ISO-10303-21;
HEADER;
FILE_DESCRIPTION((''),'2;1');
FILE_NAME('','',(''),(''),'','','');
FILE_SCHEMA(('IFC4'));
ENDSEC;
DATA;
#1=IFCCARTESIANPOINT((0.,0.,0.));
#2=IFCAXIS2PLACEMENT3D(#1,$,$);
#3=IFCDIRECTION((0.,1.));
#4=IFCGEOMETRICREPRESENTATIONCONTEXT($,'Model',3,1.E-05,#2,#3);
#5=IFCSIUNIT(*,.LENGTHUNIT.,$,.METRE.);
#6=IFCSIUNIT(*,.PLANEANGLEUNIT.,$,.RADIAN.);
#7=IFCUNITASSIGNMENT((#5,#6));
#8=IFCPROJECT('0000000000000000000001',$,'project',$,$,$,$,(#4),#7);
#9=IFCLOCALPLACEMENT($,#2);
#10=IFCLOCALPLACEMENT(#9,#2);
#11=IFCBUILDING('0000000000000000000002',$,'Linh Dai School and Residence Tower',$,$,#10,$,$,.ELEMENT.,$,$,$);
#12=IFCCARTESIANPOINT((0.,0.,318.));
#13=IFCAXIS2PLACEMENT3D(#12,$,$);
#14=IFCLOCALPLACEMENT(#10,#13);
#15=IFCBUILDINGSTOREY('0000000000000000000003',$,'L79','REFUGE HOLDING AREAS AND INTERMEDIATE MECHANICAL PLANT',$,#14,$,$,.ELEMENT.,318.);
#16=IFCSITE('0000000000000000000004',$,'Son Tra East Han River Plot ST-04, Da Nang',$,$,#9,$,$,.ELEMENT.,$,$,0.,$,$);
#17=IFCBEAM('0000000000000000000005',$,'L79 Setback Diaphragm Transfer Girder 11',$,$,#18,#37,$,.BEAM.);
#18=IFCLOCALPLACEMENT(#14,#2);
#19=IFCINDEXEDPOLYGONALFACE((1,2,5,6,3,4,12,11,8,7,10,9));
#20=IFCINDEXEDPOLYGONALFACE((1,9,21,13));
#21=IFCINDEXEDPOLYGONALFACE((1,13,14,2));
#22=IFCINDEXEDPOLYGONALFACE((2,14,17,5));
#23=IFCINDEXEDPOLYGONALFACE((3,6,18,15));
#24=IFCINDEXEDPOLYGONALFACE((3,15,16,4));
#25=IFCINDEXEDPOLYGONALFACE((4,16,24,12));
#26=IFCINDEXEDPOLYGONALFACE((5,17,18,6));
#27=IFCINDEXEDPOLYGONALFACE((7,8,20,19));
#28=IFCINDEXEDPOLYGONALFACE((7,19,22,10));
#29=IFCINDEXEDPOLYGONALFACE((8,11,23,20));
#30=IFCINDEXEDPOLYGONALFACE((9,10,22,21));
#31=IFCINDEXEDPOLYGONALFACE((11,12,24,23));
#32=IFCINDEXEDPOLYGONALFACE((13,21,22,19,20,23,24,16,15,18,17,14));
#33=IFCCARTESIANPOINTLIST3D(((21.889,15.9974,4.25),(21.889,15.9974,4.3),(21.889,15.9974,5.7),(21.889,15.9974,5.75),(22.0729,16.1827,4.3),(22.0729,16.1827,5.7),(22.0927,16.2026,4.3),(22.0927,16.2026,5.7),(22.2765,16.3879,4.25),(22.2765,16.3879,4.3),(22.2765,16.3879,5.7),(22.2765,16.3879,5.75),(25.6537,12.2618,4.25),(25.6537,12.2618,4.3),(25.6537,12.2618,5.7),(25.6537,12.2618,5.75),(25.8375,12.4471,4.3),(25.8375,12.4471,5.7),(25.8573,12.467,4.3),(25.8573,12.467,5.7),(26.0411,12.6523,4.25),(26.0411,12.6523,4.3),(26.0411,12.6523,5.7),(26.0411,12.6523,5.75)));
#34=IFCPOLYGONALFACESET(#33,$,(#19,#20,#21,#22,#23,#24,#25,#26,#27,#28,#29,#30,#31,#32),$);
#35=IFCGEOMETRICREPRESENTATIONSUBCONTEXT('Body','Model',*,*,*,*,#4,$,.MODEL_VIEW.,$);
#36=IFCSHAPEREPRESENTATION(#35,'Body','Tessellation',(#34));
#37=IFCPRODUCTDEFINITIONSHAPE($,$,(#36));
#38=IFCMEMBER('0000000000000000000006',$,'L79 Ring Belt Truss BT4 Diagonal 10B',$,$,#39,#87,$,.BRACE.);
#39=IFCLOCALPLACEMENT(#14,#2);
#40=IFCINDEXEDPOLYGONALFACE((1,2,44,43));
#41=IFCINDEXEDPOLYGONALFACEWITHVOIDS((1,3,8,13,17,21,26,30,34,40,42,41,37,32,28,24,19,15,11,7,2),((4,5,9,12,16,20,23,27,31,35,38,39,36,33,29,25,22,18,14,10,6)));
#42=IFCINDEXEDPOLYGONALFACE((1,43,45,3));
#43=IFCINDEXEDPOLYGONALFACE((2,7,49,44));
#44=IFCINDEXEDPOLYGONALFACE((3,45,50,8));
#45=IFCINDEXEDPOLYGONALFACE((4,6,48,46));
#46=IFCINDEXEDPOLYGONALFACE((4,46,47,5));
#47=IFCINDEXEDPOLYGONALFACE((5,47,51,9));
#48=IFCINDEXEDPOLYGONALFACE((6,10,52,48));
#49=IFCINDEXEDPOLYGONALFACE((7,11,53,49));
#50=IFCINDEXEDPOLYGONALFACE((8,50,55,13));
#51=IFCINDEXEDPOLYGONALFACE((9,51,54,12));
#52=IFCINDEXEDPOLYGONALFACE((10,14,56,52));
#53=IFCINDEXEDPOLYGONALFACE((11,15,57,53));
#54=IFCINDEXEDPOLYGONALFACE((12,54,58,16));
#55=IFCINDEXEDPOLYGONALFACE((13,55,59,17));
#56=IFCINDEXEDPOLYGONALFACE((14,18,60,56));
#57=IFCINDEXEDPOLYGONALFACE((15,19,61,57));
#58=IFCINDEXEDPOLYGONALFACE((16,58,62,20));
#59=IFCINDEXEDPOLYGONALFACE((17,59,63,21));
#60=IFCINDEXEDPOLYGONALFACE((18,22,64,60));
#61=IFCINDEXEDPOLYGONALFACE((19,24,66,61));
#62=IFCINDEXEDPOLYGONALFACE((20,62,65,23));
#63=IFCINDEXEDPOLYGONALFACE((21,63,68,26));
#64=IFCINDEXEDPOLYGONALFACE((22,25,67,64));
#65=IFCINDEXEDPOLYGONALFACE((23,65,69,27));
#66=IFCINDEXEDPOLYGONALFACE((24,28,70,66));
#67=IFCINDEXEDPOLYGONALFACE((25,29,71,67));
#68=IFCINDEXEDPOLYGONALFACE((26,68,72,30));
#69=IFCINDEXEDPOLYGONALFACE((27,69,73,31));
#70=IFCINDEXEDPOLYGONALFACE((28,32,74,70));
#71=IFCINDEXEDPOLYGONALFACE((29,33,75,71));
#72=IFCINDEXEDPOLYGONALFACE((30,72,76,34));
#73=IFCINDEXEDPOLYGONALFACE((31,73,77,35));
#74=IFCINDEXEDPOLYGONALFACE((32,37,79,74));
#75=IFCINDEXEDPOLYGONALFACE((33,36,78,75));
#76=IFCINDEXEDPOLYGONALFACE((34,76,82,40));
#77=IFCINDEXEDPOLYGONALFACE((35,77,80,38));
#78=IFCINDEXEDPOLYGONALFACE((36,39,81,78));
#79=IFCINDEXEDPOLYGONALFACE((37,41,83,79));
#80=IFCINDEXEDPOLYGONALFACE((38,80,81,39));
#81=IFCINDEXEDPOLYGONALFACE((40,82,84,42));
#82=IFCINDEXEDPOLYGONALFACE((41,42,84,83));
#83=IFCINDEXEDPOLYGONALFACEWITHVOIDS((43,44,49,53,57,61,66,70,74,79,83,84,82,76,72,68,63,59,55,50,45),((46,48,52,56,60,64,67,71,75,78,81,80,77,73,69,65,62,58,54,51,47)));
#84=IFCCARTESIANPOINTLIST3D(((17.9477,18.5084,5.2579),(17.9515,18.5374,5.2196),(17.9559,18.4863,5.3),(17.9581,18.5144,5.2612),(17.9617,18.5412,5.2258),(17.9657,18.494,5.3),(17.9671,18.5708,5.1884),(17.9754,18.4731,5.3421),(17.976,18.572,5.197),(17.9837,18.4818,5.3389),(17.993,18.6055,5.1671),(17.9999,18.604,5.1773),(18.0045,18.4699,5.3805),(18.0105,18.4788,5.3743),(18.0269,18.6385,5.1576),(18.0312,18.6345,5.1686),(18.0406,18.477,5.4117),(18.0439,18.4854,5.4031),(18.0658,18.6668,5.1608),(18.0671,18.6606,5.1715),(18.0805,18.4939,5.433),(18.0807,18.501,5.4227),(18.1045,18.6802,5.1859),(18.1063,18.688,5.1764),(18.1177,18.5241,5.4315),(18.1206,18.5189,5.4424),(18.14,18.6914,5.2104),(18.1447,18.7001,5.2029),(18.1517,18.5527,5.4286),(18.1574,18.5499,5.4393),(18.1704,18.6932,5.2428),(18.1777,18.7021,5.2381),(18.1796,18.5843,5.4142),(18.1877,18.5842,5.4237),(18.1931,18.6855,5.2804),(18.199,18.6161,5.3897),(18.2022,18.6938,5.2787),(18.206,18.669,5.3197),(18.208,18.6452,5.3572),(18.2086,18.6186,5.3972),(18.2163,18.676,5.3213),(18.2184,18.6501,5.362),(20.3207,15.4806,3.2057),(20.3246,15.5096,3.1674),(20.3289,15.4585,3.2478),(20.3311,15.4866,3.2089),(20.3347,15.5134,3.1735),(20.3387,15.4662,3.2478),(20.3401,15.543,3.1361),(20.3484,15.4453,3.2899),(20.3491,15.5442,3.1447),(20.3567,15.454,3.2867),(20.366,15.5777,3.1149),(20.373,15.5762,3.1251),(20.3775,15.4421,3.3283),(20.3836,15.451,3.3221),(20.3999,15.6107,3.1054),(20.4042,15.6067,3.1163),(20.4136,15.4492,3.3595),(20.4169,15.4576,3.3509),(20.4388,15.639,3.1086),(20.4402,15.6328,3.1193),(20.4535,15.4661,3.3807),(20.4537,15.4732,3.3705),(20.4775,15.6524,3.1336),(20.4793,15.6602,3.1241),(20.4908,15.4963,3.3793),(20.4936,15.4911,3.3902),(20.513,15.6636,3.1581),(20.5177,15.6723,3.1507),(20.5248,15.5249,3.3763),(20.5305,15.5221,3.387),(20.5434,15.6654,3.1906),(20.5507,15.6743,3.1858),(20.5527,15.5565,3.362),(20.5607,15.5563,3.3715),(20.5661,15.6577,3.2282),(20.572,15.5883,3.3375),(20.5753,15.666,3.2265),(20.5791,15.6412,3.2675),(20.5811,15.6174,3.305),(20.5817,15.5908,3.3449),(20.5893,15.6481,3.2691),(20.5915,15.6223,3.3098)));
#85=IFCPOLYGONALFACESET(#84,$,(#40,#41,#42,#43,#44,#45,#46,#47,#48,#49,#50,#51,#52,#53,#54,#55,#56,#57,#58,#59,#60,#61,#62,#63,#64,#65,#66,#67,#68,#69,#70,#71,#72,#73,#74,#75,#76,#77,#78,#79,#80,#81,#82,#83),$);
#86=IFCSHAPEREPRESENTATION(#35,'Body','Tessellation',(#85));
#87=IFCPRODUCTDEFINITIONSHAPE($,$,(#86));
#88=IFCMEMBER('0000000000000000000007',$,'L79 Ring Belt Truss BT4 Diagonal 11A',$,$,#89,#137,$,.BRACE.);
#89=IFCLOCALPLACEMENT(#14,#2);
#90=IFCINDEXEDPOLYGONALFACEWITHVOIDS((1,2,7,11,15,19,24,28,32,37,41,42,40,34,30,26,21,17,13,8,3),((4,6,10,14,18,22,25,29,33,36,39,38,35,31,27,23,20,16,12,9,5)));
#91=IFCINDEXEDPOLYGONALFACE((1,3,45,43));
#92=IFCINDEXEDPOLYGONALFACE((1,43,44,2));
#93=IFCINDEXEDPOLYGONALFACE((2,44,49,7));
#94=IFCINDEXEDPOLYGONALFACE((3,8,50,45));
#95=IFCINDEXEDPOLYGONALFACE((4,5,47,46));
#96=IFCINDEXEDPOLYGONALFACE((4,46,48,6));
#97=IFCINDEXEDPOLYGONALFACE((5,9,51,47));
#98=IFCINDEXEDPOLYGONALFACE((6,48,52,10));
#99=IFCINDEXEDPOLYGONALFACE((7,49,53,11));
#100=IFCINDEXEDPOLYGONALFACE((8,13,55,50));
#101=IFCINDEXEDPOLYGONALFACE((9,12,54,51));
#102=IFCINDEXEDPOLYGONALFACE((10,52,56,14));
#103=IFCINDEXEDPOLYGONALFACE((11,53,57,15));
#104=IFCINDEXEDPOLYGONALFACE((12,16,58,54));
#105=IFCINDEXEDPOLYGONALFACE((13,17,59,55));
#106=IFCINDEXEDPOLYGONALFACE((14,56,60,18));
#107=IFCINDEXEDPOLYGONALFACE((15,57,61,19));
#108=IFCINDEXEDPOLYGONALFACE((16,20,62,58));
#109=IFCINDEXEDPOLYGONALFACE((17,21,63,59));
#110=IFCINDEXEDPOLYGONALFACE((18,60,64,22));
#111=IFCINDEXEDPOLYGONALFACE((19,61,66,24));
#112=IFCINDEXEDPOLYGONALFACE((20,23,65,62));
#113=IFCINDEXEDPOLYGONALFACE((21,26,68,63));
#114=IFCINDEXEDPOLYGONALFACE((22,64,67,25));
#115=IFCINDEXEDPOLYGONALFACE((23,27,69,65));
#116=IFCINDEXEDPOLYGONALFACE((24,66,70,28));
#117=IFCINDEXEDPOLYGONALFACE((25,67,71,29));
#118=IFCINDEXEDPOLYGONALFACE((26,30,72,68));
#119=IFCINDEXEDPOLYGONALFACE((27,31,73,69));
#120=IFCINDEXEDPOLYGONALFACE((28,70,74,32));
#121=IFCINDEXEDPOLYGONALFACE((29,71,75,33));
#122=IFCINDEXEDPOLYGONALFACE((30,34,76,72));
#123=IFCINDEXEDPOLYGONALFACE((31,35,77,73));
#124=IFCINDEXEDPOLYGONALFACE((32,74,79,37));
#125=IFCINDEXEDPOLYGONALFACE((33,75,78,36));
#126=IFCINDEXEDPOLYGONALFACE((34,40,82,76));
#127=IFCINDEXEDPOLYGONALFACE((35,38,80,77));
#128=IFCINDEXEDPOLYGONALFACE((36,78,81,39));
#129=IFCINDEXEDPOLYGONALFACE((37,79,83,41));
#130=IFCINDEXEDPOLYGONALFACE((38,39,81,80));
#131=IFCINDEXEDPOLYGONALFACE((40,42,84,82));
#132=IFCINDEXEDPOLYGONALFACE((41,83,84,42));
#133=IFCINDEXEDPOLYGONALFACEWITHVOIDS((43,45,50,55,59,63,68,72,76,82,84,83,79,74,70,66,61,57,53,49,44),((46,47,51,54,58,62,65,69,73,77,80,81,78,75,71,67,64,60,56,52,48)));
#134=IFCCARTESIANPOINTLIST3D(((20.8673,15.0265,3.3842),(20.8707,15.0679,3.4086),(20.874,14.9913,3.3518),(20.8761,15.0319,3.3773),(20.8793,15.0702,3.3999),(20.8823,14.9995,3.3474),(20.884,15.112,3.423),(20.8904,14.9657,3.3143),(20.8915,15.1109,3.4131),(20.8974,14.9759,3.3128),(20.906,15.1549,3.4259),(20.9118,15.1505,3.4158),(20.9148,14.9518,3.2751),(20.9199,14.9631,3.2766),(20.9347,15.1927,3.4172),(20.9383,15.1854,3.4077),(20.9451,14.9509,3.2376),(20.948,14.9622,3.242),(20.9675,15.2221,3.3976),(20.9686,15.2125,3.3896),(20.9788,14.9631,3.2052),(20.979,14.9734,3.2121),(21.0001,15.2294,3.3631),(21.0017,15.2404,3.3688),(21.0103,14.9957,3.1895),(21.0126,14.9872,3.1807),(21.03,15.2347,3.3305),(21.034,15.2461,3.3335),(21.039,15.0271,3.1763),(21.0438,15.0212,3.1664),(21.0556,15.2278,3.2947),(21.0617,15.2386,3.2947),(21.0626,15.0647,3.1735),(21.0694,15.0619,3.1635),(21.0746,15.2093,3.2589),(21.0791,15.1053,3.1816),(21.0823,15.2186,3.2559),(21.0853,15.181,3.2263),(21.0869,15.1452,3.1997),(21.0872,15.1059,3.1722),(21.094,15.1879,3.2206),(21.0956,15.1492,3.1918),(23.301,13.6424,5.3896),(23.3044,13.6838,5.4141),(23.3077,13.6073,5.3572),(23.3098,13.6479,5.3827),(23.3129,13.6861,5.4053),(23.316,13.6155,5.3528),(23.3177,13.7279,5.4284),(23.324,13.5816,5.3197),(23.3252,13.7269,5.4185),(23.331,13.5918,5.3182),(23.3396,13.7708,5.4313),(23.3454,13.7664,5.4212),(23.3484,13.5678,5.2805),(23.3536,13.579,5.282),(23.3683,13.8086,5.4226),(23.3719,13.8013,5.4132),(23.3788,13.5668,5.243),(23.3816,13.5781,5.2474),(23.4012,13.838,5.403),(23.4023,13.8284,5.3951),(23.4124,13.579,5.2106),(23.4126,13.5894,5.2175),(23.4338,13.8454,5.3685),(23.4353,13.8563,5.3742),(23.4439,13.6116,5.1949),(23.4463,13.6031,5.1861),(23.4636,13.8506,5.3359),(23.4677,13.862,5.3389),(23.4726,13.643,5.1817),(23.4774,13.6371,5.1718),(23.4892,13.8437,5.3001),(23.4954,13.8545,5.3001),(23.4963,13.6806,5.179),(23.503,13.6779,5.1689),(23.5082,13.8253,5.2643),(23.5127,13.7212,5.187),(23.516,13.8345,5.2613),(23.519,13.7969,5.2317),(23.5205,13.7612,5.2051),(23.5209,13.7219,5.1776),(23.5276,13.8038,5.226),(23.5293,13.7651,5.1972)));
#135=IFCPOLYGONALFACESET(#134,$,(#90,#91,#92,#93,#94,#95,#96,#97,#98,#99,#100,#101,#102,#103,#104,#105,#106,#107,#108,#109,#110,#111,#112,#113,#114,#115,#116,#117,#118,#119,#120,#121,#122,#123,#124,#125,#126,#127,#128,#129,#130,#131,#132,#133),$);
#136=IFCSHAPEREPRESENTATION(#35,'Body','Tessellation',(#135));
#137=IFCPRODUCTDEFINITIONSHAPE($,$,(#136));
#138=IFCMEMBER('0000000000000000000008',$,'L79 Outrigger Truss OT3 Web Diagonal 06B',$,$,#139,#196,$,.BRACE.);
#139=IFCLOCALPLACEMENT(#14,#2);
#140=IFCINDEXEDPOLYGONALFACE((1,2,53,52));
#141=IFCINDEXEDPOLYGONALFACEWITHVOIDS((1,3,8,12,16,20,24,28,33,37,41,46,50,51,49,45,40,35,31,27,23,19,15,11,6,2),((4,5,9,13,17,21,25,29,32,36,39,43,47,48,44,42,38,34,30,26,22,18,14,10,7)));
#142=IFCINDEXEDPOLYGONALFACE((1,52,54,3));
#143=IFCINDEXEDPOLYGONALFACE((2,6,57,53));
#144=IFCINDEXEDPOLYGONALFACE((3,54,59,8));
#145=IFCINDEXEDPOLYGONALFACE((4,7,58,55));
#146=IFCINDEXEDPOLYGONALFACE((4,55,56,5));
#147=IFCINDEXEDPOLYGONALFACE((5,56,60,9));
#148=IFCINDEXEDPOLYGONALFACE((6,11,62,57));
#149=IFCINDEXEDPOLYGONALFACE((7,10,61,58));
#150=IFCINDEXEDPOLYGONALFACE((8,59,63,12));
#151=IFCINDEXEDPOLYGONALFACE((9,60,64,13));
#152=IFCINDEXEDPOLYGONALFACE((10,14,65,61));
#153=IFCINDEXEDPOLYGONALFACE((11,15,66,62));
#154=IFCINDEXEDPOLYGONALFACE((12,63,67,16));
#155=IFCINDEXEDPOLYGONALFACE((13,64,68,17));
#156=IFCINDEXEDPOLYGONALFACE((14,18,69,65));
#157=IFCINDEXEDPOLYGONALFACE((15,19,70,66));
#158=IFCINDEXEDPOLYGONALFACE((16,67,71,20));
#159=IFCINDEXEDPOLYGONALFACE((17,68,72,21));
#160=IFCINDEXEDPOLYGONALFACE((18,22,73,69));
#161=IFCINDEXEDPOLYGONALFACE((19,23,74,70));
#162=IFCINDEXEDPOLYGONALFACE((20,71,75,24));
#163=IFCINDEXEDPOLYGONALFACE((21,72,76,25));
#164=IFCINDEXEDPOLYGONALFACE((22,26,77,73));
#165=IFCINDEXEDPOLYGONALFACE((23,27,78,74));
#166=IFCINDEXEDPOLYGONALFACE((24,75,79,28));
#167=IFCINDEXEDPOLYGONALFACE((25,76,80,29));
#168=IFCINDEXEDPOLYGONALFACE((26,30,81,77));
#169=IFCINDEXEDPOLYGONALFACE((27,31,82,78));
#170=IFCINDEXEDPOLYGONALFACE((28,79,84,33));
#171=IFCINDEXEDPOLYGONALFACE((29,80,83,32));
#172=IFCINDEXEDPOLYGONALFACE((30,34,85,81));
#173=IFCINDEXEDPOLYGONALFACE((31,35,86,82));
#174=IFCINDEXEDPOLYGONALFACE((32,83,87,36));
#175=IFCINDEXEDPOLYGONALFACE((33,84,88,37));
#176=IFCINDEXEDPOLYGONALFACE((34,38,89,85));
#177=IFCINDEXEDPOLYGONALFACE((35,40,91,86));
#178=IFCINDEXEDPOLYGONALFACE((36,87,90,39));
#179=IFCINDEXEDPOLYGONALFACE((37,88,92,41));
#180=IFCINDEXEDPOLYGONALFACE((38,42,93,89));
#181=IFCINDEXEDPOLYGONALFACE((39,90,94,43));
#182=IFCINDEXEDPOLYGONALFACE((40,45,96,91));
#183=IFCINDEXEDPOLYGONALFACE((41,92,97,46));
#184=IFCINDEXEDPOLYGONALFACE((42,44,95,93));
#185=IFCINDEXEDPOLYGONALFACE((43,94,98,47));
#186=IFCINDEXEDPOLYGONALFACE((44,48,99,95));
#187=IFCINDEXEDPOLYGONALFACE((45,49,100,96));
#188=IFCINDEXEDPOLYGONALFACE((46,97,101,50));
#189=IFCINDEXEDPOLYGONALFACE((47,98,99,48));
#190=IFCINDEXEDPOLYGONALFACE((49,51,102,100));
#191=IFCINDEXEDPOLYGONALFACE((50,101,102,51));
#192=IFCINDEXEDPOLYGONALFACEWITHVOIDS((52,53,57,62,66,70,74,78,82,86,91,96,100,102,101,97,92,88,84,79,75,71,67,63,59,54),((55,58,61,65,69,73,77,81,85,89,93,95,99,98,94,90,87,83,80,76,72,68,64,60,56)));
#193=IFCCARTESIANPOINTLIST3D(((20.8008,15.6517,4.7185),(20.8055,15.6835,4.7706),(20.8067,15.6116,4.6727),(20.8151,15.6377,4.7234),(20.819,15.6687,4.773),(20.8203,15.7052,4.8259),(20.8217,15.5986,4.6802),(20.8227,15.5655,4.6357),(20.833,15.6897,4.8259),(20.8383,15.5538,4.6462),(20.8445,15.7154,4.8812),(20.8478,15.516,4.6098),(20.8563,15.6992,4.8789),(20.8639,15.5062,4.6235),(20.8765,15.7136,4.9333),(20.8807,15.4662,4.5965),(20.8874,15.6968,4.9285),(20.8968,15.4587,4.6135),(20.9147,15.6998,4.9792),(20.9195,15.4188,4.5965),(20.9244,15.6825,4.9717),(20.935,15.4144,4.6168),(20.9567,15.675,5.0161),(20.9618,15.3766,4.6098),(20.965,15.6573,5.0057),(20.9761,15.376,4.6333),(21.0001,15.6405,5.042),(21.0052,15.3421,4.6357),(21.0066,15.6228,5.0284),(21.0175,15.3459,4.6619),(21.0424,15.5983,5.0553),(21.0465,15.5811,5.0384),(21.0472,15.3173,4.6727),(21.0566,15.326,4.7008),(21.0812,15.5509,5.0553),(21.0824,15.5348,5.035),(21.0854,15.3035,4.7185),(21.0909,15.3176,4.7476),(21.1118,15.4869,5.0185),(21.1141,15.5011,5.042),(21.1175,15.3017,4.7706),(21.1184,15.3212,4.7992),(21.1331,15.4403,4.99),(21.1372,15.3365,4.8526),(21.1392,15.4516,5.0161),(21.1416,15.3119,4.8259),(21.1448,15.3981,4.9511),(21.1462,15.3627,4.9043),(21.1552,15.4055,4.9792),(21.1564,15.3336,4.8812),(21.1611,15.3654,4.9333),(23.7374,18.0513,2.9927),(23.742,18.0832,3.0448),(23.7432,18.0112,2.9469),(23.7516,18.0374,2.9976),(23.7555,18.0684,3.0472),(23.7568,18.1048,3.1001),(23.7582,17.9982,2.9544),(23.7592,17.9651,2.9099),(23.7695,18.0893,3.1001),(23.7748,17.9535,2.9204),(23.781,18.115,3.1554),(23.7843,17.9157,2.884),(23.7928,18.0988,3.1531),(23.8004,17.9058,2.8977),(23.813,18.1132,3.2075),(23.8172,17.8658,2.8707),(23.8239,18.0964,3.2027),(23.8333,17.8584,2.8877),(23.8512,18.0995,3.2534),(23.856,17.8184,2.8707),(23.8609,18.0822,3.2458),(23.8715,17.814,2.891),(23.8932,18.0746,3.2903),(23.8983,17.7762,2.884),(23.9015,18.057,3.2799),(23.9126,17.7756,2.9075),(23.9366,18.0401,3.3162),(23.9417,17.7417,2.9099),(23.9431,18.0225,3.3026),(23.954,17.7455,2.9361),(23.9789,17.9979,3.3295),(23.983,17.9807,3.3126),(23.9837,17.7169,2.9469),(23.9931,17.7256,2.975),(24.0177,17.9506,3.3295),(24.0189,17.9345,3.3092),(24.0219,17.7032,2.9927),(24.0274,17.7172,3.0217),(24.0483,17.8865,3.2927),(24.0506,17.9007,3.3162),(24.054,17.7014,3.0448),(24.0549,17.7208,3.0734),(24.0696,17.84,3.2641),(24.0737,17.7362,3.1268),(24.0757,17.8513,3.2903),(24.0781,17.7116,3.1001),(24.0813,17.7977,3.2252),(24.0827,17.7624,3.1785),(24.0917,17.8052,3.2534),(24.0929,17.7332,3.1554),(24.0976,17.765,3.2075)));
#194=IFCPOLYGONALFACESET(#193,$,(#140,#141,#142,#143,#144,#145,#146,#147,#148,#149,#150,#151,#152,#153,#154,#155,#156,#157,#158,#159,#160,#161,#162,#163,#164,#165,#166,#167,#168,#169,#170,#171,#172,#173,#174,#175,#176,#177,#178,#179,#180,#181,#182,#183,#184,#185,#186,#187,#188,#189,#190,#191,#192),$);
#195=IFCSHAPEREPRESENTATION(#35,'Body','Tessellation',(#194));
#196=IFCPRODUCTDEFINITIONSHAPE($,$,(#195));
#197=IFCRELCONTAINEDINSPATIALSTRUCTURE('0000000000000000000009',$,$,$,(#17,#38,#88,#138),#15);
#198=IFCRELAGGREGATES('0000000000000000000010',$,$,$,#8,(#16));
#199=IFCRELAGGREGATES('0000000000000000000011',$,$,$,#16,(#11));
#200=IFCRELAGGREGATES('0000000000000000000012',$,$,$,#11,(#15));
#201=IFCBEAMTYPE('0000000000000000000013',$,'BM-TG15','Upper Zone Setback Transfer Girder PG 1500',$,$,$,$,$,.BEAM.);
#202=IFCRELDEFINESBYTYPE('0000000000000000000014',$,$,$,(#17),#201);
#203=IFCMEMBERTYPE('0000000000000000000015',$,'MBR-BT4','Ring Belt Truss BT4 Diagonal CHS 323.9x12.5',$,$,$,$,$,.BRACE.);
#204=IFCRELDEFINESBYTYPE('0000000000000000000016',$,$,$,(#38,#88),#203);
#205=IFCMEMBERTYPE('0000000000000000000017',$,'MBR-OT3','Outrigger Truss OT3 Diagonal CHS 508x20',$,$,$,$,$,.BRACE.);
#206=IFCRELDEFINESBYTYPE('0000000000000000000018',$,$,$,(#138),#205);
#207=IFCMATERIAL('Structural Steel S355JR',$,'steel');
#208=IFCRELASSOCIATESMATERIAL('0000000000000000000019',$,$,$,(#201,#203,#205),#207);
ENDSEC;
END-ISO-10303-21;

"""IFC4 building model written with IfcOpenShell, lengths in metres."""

from ifc_helpers import new_model, si_unit, direction, frame, origin, origin_2d, place, context, subcontext, project, spatial, hollow_circle, i_section, extrude, material, material_profile, profile_set, type_object, element, save


model = new_model("IFC4")

# Units and contexts
model_context = context("Model", 3, precision=1e-05, world=origin(), true_north=direction((0.0, 1.0)))
body_context = subcontext(model_context, "Body", "Model", "MODEL_VIEW")
ifc_project = project(units=[si_unit("LENGTHUNIT", "METRE"), si_unit("PLANEANGLEUNIT", "RADIAN")], contexts=[model_context])

# Site, building, storey
site_placement = place(None, origin())
site = spatial("IfcSite", under=ifc_project, at=site_placement, Name="Son Tra East Han River Plot ST-04, Da Nang", CompositionType="ELEMENT", RefElevation=0.0)
building_placement = place(site_placement, origin())
building = spatial("IfcBuilding", under=site, at=building_placement, Name="Linh Dai School and Residence Tower", CompositionType="ELEMENT")
storey_placement = place(building_placement, frame((0.0, 0.0, 318.0)))
storey = spatial("IfcBuildingStorey", under=building, at=storey_placement, Name="L79", Description="REFUGE HOLDING AREAS AND INTERMEDIATE MECHANICAL PLANT", CompositionType="ELEMENT", Elevation=318.0)

# Shared definitions
ifc_material_1 = material(Name="Structural Steel S355JR", Category="steel")

# Beam
ifc_material_profile_1 = material_profile(ifc_material_1, i_section(OverallWidth=0.55, OverallDepth=1.5, WebThickness=0.0281, FlangeThickness=0.05, at=origin_2d()), Name="PG 1500x550x28x50")
ifc_profile_set_1 = profile_set([ifc_material_profile_1], Name="Structural Steel S355JR")
beam_type_1 = type_object("IfcBeamType", Name="BM-TG15", Description="Upper Zone Setback Transfer Girder PG 1500", PredefinedType="BEAM", material=ifc_profile_set_1)
beam_1_placement = place(storey_placement, frame((22.0828, 16.1926, 5.0), z_axis=(0.70984, -0.704362, 0.0), x_axis=(0.704362, 0.70984, 0.0)))
element("IfcBeam", 1, at=beam_1_placement, inside=storey, type_object=beam_type_1, Name="L79 Setback Diaphragm Transfer Girder 11", PredefinedType="BEAM", context=body_context, shape_type="SweptSolid", body=[
    extrude(i_section(OverallWidth=0.55, OverallDepth=1.5, WebThickness=0.0281, FlangeThickness=0.05, at=origin_2d()), origin(), (0.0, 0.0, 1.0), 5.3035),
])

# Members
ifc_material_profile_2 = material_profile(ifc_material_1, hollow_circle(Radius=0.1619, WallThickness=0.0125, at=origin_2d()), Name="CHS 323.9x12.5")
ifc_profile_set_2 = profile_set([ifc_material_profile_2], Name="Structural Steel S355JR")
member_type_1 = type_object("IfcMemberType", Name="MBR-BT4", Description="Ring Belt Truss BT4 Diagonal CHS 323.9x12.5", PredefinedType="BRACE", material=ifc_profile_set_2)
member_1_placement = place(storey_placement, frame((20.4563, 15.5583, 3.2478), z_axis=(-0.544259, 0.694434, 0.470683), x_axis=(-0.787071, -0.616863, 0.0)))
element("IfcMember", 2, at=member_1_placement, inside=storey, type_object=member_type_1, Name="L79 Ring Belt Truss BT4 Diagonal 10B", PredefinedType="BRACE", context=body_context, shape_type="SweptSolid", body=[
    extrude(hollow_circle(Radius=0.1619, WallThickness=0.0125, at=origin_2d()), origin(), (0.0, 0.0, 1.0), 4.3601),
])
member_2_placement = place(storey_placement, frame((20.9817, 15.0979, 3.2947), z_axis=(0.706669, -0.401897, 0.582321), x_axis=(0.494363, 0.869256, 0.0)))
element("IfcMember", 3, at=member_2_placement, inside=storey, type_object=member_type_1, Name="L79 Ring Belt Truss BT4 Diagonal 11A", PredefinedType="BRACE", context=body_context, shape_type="SweptSolid", body=[
    extrude(hollow_circle(Radius=0.1619, WallThickness=0.0125, at=origin_2d()), origin(), (0.0, 0.0, 1.0), 3.4438),
])
ifc_material_profile_3 = material_profile(ifc_material_1, hollow_circle(Radius=0.2539, WallThickness=0.02, at=origin_2d()), Name="CHS 508x20")
ifc_profile_set_3 = profile_set([ifc_material_profile_3], Name="Structural Steel S355JR")
member_type_2 = type_object("IfcMemberType", Name="MBR-OT3", Description="Outrigger Truss OT3 Diagonal CHS 508x20", PredefinedType="BRACE", material=ifc_profile_set_3)
member_3_placement = place(storey_placement, frame((20.981, 15.5085, 4.8259), z_axis=(0.704788, 0.575936, -0.414212), x_axis=(-0.632771, 0.774339, 0.0)))
element("IfcMember", 4, at=member_3_placement, inside=storey, type_object=member_type_2, Name="L79 Outrigger Truss OT3 Web Diagonal 06B", PredefinedType="BRACE", context=body_context, shape_type="SweptSolid", body=[
    extrude(hollow_circle(Radius=0.2539, WallThickness=0.02, at=origin_2d()), origin(), (0.0, 0.0, 1.0), 4.1665),
])

save(model, "model.ifc")
